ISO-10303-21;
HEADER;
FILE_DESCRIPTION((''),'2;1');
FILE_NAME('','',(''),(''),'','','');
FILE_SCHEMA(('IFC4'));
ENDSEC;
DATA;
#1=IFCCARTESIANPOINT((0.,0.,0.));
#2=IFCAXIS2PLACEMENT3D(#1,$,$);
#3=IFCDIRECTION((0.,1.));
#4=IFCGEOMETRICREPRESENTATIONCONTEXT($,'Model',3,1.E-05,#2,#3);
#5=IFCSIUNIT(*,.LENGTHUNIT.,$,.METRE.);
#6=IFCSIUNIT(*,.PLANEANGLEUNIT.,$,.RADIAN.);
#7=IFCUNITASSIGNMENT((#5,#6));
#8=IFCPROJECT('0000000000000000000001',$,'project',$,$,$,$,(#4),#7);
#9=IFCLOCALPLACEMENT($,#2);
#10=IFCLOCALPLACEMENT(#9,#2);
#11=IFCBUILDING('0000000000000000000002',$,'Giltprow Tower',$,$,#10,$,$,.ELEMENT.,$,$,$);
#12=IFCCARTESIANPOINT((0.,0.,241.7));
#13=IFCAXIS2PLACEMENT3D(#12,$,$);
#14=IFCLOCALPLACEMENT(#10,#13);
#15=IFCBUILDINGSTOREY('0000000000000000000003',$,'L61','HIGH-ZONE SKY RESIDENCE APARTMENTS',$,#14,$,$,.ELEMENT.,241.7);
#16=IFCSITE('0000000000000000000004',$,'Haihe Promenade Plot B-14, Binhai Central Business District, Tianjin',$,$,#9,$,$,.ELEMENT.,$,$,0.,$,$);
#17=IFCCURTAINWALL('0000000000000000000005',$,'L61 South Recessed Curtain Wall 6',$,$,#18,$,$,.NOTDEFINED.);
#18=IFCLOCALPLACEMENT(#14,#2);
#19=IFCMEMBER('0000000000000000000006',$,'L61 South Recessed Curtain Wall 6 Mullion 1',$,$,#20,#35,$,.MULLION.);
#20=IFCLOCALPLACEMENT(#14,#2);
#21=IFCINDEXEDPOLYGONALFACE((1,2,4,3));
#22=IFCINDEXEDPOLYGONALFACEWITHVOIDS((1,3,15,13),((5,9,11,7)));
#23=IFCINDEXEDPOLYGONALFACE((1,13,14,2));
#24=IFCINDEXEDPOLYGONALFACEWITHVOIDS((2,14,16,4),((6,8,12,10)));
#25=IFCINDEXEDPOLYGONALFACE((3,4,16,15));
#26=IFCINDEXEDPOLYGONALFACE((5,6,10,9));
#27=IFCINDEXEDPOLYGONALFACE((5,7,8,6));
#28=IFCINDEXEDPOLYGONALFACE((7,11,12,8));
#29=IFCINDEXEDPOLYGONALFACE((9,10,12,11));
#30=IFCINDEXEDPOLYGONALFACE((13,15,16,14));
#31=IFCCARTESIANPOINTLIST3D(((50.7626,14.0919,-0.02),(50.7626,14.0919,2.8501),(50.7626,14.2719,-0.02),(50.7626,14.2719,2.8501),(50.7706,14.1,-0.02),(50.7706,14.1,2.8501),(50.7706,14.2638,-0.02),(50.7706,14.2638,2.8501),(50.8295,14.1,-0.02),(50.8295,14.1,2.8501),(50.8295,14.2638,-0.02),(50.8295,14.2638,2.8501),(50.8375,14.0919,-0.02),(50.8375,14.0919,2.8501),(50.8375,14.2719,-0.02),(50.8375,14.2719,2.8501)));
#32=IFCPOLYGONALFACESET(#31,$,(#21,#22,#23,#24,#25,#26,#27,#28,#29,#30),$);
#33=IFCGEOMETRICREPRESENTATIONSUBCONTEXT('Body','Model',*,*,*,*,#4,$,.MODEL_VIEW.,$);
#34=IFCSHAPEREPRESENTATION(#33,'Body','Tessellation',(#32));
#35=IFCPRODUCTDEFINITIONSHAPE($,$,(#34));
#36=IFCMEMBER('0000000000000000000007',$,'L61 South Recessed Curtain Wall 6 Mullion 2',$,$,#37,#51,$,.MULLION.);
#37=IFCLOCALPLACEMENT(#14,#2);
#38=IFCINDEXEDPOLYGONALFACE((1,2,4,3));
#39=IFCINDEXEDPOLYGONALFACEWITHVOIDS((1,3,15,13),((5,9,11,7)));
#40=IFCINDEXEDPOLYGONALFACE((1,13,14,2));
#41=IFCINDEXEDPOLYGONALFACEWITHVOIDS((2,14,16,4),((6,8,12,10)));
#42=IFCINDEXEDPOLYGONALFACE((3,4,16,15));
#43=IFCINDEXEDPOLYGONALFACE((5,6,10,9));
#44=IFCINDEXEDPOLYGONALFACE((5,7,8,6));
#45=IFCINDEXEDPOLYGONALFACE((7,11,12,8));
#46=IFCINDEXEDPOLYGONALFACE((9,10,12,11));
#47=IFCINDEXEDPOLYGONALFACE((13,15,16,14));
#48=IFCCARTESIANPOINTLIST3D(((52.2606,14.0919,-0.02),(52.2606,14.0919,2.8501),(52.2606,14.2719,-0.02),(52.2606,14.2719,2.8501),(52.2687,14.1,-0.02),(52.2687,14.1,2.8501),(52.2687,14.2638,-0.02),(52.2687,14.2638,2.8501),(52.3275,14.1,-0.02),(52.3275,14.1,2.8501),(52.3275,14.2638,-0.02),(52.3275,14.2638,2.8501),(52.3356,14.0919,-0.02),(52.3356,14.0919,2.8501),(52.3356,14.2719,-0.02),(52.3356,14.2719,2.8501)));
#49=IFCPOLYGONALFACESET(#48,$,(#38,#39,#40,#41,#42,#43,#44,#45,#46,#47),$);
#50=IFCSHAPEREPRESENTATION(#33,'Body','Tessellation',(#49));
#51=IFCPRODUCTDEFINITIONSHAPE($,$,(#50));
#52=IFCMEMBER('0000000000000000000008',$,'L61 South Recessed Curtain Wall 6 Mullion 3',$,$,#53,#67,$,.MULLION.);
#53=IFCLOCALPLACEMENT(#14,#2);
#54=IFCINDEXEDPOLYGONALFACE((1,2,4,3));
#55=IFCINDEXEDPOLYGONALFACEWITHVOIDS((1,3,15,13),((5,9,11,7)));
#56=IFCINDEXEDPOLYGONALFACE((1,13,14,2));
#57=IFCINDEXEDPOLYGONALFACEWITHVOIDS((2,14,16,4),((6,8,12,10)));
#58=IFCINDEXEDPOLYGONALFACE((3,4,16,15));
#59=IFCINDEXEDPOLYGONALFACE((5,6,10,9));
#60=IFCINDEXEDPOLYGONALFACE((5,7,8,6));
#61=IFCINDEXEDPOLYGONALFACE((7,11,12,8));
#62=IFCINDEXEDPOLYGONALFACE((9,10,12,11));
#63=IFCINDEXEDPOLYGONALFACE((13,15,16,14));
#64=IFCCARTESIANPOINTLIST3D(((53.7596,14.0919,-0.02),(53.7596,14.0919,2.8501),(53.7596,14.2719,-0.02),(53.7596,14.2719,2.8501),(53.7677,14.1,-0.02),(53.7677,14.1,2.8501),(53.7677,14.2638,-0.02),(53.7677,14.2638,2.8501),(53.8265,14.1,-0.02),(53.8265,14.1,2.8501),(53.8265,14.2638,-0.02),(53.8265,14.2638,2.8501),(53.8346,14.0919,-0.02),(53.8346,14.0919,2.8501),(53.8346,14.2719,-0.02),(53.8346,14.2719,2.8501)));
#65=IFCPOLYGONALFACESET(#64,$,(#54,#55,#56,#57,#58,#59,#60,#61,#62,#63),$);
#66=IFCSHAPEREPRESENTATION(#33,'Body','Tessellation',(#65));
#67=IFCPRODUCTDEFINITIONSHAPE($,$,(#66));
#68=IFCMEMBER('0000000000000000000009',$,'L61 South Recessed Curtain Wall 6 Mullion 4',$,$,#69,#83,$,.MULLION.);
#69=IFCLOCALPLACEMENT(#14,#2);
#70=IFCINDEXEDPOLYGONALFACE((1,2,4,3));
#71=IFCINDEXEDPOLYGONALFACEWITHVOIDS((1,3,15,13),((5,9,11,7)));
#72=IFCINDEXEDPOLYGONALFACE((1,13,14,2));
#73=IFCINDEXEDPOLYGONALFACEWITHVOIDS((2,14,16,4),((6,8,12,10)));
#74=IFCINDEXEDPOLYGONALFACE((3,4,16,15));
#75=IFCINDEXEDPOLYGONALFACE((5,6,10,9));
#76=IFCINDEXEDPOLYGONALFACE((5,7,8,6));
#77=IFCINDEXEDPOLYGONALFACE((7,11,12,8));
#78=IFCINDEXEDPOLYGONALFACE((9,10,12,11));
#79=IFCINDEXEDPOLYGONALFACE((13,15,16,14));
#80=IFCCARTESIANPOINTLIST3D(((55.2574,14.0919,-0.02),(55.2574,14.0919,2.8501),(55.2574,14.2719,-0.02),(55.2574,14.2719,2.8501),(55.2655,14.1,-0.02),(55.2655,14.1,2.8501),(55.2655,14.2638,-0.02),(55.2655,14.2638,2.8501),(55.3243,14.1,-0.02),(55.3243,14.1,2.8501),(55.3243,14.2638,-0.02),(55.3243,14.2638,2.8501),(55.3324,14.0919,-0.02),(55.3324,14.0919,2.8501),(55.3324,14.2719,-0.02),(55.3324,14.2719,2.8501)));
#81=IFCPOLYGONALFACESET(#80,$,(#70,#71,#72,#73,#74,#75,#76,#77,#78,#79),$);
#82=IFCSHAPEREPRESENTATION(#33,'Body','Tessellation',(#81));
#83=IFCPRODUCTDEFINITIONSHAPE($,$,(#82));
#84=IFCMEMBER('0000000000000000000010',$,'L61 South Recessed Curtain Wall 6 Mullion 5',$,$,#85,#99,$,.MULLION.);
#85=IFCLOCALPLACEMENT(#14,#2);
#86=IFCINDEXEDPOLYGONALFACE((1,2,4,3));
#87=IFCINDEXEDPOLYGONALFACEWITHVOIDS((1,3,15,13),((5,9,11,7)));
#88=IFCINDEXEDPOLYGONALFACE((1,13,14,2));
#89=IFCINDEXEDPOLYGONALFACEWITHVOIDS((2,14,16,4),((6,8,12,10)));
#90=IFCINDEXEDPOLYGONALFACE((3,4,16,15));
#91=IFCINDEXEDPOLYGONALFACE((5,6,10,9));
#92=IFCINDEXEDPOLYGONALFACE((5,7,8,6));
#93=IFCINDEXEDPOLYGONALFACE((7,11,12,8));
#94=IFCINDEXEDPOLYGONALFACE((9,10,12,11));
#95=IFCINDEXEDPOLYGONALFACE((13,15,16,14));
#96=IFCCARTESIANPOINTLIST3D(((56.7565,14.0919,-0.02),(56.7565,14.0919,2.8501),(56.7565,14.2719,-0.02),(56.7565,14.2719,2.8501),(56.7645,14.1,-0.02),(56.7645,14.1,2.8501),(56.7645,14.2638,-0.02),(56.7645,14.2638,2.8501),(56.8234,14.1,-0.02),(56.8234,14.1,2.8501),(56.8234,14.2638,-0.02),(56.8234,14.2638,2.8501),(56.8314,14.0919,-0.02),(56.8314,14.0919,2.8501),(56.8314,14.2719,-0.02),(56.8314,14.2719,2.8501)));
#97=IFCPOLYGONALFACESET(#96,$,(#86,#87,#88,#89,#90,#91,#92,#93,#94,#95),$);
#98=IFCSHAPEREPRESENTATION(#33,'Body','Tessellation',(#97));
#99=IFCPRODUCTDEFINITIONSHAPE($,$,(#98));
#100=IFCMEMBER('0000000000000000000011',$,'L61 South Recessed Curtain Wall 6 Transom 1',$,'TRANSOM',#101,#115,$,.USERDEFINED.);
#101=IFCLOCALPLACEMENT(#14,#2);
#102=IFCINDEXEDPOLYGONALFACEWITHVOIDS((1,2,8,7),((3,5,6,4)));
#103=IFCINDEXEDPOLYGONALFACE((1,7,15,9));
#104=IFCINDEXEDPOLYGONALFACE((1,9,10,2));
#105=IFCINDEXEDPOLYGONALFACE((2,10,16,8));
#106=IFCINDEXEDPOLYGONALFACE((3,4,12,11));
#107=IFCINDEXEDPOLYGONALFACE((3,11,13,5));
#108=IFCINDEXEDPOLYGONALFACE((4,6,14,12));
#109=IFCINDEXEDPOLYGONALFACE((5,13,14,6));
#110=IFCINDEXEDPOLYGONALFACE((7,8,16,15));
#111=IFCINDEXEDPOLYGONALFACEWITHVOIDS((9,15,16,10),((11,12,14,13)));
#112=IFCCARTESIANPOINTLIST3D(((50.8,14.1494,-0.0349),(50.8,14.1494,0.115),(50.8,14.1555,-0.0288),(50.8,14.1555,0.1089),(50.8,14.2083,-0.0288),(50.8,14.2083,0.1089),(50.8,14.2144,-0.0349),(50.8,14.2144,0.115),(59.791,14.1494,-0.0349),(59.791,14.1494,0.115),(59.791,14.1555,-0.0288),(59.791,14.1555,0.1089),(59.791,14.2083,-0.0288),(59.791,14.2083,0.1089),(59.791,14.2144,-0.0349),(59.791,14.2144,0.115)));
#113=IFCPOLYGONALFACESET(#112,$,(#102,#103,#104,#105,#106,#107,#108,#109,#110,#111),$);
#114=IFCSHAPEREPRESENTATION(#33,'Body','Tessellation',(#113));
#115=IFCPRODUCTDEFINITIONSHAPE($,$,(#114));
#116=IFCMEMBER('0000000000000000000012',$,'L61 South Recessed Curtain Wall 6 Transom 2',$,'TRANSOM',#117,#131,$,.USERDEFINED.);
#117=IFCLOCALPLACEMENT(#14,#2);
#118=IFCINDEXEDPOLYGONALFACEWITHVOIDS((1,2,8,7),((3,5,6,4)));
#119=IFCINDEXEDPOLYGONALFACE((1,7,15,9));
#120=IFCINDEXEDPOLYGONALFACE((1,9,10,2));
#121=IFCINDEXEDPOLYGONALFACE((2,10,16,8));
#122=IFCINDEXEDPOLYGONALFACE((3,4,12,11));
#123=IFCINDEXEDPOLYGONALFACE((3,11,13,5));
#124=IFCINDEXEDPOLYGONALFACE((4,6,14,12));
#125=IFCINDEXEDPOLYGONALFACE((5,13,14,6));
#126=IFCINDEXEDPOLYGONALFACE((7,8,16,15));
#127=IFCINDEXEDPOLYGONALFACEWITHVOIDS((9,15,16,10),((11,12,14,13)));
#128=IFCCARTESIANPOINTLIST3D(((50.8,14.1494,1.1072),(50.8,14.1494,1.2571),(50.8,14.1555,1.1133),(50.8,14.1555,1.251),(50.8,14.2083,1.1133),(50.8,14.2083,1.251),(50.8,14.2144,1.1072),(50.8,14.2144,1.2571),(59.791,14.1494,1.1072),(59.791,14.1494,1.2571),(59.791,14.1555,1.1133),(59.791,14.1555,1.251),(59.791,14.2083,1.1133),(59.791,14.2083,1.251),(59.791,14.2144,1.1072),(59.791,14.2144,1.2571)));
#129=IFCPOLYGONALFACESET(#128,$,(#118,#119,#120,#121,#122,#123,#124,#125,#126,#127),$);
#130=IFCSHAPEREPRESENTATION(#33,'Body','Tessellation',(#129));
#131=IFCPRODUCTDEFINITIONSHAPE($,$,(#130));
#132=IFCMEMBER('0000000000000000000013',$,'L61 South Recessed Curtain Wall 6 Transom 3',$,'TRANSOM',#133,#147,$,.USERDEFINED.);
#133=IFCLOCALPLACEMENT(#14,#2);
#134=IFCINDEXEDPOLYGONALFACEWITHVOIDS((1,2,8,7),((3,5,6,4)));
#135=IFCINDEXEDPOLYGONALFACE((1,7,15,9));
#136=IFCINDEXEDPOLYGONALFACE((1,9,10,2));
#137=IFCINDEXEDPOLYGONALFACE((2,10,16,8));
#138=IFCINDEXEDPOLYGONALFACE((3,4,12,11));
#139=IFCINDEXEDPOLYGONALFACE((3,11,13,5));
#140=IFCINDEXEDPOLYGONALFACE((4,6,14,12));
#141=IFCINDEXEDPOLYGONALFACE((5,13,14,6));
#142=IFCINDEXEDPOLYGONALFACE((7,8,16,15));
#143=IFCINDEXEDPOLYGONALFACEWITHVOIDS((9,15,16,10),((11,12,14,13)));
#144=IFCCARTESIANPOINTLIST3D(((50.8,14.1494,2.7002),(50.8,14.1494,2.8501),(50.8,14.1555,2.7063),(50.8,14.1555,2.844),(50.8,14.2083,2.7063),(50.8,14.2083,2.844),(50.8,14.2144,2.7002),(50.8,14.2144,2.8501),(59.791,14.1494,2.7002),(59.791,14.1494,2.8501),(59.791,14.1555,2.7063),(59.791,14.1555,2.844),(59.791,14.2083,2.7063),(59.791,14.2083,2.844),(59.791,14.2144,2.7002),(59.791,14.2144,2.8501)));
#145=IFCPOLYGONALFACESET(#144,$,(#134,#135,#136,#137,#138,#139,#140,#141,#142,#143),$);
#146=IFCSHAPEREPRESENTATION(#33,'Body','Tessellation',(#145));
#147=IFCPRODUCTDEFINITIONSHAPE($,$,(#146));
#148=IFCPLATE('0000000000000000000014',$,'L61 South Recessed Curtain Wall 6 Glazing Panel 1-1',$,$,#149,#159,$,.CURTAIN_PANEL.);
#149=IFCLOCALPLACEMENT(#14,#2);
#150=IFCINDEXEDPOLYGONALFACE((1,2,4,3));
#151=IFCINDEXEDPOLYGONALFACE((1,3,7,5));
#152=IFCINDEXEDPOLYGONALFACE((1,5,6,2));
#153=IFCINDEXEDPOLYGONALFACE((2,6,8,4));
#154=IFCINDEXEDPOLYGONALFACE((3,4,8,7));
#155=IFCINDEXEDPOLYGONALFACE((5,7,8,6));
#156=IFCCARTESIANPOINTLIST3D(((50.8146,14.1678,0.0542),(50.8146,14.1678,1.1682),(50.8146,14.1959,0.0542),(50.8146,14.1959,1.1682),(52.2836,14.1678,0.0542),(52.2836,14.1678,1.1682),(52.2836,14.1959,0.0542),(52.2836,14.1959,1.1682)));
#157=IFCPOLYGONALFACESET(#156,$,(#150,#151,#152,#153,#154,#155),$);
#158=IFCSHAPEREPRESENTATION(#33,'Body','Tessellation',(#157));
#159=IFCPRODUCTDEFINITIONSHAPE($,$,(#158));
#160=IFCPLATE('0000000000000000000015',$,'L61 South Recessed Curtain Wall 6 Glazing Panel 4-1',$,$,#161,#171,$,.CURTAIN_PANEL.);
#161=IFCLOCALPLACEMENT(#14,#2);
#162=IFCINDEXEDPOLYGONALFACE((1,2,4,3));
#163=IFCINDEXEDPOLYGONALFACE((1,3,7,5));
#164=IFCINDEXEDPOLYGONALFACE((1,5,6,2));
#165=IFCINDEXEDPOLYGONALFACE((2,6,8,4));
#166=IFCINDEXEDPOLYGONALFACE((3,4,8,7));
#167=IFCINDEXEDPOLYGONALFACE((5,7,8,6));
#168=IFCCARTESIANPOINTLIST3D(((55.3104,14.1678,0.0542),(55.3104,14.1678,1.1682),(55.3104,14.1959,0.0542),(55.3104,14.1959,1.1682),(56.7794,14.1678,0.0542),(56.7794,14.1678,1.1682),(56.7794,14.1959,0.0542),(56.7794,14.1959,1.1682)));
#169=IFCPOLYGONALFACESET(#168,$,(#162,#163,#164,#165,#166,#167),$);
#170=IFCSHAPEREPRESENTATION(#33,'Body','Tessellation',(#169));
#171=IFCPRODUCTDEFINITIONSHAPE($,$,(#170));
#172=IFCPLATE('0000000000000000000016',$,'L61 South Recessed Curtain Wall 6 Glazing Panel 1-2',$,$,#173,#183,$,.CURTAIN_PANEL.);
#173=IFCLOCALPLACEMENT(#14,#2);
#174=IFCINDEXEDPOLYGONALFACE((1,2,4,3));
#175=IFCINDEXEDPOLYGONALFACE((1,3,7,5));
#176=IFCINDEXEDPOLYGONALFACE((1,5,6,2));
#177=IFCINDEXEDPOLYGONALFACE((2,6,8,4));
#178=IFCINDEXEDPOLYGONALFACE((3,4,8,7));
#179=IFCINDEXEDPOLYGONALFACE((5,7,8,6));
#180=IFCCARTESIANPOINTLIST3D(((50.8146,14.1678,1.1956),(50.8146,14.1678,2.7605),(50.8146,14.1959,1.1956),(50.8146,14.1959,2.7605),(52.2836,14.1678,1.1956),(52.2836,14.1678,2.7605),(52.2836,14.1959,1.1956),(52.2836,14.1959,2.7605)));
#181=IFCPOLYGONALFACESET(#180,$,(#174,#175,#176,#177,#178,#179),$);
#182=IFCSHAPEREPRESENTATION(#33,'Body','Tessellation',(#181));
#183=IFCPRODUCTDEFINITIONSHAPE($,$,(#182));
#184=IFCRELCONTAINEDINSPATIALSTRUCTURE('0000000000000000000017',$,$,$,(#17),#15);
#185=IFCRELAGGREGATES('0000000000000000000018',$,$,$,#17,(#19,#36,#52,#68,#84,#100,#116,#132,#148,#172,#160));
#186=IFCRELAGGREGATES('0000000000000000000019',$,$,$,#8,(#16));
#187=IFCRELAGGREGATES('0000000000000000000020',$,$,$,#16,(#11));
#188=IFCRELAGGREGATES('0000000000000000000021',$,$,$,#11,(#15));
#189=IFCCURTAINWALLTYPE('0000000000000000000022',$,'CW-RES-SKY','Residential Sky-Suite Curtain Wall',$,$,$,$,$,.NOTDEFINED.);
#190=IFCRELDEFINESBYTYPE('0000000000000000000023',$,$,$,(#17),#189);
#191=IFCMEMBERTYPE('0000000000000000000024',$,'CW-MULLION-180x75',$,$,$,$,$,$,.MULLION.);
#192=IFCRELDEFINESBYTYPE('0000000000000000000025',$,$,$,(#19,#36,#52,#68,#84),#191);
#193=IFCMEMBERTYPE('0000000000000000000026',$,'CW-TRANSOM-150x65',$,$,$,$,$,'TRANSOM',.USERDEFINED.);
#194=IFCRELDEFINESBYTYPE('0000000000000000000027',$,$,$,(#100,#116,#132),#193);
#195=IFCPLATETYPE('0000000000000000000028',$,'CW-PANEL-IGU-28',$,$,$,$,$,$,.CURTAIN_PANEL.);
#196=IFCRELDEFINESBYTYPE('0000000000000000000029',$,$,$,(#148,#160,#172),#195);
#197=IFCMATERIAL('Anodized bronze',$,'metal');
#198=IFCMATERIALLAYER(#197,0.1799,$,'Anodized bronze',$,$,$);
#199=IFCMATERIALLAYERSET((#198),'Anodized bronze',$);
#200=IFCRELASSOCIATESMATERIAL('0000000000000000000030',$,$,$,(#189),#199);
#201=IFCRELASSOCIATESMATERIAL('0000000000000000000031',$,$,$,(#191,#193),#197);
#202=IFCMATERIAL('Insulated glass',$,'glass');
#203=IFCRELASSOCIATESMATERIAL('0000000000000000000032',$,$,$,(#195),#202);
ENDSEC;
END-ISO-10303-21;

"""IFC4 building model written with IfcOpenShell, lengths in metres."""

from ifc_helpers import new_model, si_unit, direction, frame, origin, origin_2d, place, context, subcontext, project, spatial, rectangle, hollow_rectangle, extrude, source, transform, mapped, material, layer, layer_set, material_profile, profile_set, type_object, element, aggregate, save


model = new_model("IFC4")

# Units and contexts
model_context = context("Model", 3, precision=1e-05, world=origin(), true_north=direction((0.0, 1.0)))
body_context = subcontext(model_context, "Body", "Model", "MODEL_VIEW")
ifc_project = project(units=[si_unit("LENGTHUNIT", "METRE"), si_unit("PLANEANGLEUNIT", "RADIAN")], contexts=[model_context])

# Site, building, storey
site_placement = place(None, origin())
site = spatial("IfcSite", under=ifc_project, at=site_placement, Name="Haihe Promenade Plot B-14, Binhai Central Business District, Tianjin", CompositionType="ELEMENT", RefElevation=0.0)
building_placement = place(site_placement, origin())
building = spatial("IfcBuilding", under=site, at=building_placement, Name="Giltprow Tower", CompositionType="ELEMENT")
storey_placement = place(building_placement, frame((0.0, 0.0, 241.7)))
storey = spatial("IfcBuildingStorey", under=building, at=storey_placement, Name="L61", Description="HIGH-ZONE SKY RESIDENCE APARTMENTS", CompositionType="ELEMENT", Elevation=241.7)

# Curtain wall, members, plates
ifc_material_1 = material(Name="Anodized bronze", Category="metal")
ifc_layer = layer(ifc_material_1, 0.1799, Name="Anodized bronze")
ifc_layer_set = layer_set([ifc_layer], Name="Anodized bronze")
curtain_wall_type = type_object("IfcCurtainWallType", Name="CW-RES-SKY", Description="Residential Sky-Suite Curtain Wall", PredefinedType="NOTDEFINED", material=ifc_layer_set)
curtain_wall_placement = place(storey_placement, origin())
curtain_wall = element("IfcCurtainWall", 1, at=curtain_wall_placement, inside=storey, type_object=curtain_wall_type, Name="L61 South Recessed Curtain Wall 6", PredefinedType="NOTDEFINED")
ifc_material_profile_1 = material_profile(ifc_material_1, hollow_rectangle(XDim=0.075, YDim=0.1799, WallThickness=0.0081, at=origin_2d()), Name="RHS 180x75x8")
ifc_profile_set_1 = profile_set([ifc_material_profile_1], Name="Anodized bronze")
member_type_1 = type_object("IfcMemberType", Name="CW-MULLION-180x75", PredefinedType="MULLION", material=ifc_profile_set_1)
shared_shape_1 = source(origin(), body_context, "Body", "SweptSolid", [
    extrude(hollow_rectangle(XDim=0.075, YDim=0.1799, WallThickness=0.0081, at=origin_2d()), origin(), (0.0, 0.0, 1.0), 2.8701),
])
member_1_placement = place(storey_placement, frame((50.8, 14.1819, -0.02), z_axis=(0.0, 0.0, 1.0), x_axis=(1.0, 0.0, 0.0)))
member_1 = element("IfcMember", 2, at=member_1_placement, type_object=member_type_1, Name="L61 South Recessed Curtain Wall 6 Mullion 1", PredefinedType="MULLION", context=body_context, shape_type="MappedRepresentation", body=[
    mapped(shared_shape_1, transform((0.0, 0.0, 0.0), x_axis=(1.0, 0.0, 0.0), y_axis=(0.0, 1.0, 0.0), z_axis=(0.0, 0.0, 1.0), scale=1.0)),
])
member_2_placement = place(storey_placement, frame((52.2981, 14.1819, -0.02), z_axis=(0.0, 0.0, 1.0), x_axis=(1.0, 0.0, 0.0)))
member_2 = element("IfcMember", 3, at=member_2_placement, type_object=member_type_1, Name="L61 South Recessed Curtain Wall 6 Mullion 2", PredefinedType="MULLION", context=body_context, shape_type="MappedRepresentation", body=[
    mapped(shared_shape_1, transform((0.0, 0.0, 0.0), x_axis=(1.0, 0.0, 0.0), y_axis=(0.0, 1.0, 0.0), z_axis=(0.0, 0.0, 1.0), scale=1.0)),
])
member_3_placement = place(storey_placement, frame((53.7971, 14.1819, -0.02), z_axis=(0.0, 0.0, 1.0), x_axis=(1.0, 0.0, 0.0)))
member_3 = element("IfcMember", 4, at=member_3_placement, type_object=member_type_1, Name="L61 South Recessed Curtain Wall 6 Mullion 3", PredefinedType="MULLION", context=body_context, shape_type="MappedRepresentation", body=[
    mapped(shared_shape_1, transform((0.0, 0.0, 0.0), x_axis=(1.0, 0.0, 0.0), y_axis=(0.0, 1.0, 0.0), z_axis=(0.0, 0.0, 1.0), scale=1.0)),
])
member_4_placement = place(storey_placement, frame((55.2949, 14.1819, -0.02), z_axis=(0.0, 0.0, 1.0), x_axis=(1.0, 0.0, 0.0)))
member_4 = element("IfcMember", 5, at=member_4_placement, type_object=member_type_1, Name="L61 South Recessed Curtain Wall 6 Mullion 4", PredefinedType="MULLION", context=body_context, shape_type="MappedRepresentation", body=[
    mapped(shared_shape_1, transform((0.0, 0.0, 0.0), x_axis=(1.0, 0.0, 0.0), y_axis=(0.0, 1.0, 0.0), z_axis=(0.0, 0.0, 1.0), scale=1.0)),
])
member_5_placement = place(storey_placement, frame((56.7939, 14.1819, -0.02), z_axis=(0.0, 0.0, 1.0), x_axis=(1.0, 0.0, 0.0)))
member_5 = element("IfcMember", 6, at=member_5_placement, type_object=member_type_1, Name="L61 South Recessed Curtain Wall 6 Mullion 5", PredefinedType="MULLION", context=body_context, shape_type="MappedRepresentation", body=[
    mapped(shared_shape_1, transform((0.0, 0.0, 0.0), x_axis=(1.0, 0.0, 0.0), y_axis=(0.0, 1.0, 0.0), z_axis=(0.0, 0.0, 1.0), scale=1.0)),
])
ifc_material_profile_2 = material_profile(ifc_material_1, hollow_rectangle(XDim=0.0649, YDim=0.1499, WallThickness=0.0061, at=origin_2d()), Name="RHS 150x65x6")
ifc_profile_set_2 = profile_set([ifc_material_profile_2], Name="Anodized bronze")
member_type_2 = type_object("IfcMemberType", Name="CW-TRANSOM-150x65", ElementType="TRANSOM", PredefinedType="USERDEFINED", material=ifc_profile_set_2)
shared_shape_2 = source(origin(), body_context, "Body", "SweptSolid", [
    extrude(hollow_rectangle(XDim=0.0649, YDim=0.1499, WallThickness=0.0061, at=origin_2d()), origin(), (0.0, 0.0, 1.0), 8.991),
])
member_6_placement = place(storey_placement, frame((50.8, 14.1819, 0.04), z_axis=(1.0, 0.0, 0.0), x_axis=(0.0, 1.0, 0.0)))
member_6 = element("IfcMember", 7, at=member_6_placement, type_object=member_type_2, Name="L61 South Recessed Curtain Wall 6 Transom 1", ObjectType="TRANSOM", PredefinedType="USERDEFINED", context=body_context, shape_type="MappedRepresentation", body=[
    mapped(shared_shape_2, transform((0.0, 0.0, 0.0), x_axis=(1.0, 0.0, 0.0), y_axis=(0.0, 1.0, 0.0), z_axis=(0.0, 0.0, 1.0), scale=1.0)),
])
member_7_placement = place(storey_placement, frame((50.8, 14.1819, 1.1821), z_axis=(1.0, 0.0, 0.0), x_axis=(0.0, 1.0, 0.0)))
member_7 = element("IfcMember", 8, at=member_7_placement, type_object=member_type_2, Name="L61 South Recessed Curtain Wall 6 Transom 2", ObjectType="TRANSOM", PredefinedType="USERDEFINED", context=body_context, shape_type="MappedRepresentation", body=[
    mapped(shared_shape_2, transform((0.0, 0.0, 0.0), x_axis=(1.0, 0.0, 0.0), y_axis=(0.0, 1.0, 0.0), z_axis=(0.0, 0.0, 1.0), scale=1.0)),
])
member_8_placement = place(storey_placement, frame((50.8, 14.1819, 2.7751), z_axis=(1.0, 0.0, 0.0), x_axis=(0.0, 1.0, 0.0)))
member_8 = element("IfcMember", 9, at=member_8_placement, type_object=member_type_2, Name="L61 South Recessed Curtain Wall 6 Transom 3", ObjectType="TRANSOM", PredefinedType="USERDEFINED", context=body_context, shape_type="MappedRepresentation", body=[
    mapped(shared_shape_2, transform((0.0, 0.0, 0.0), x_axis=(1.0, 0.0, 0.0), y_axis=(0.0, 1.0, 0.0), z_axis=(0.0, 0.0, 1.0), scale=1.0)),
])
ifc_material_2 = material(Name="Insulated glass", Category="glass")
plate_type = type_object("IfcPlateType", Name="CW-PANEL-IGU-28", PredefinedType="CURTAIN_PANEL", material=ifc_material_2)
shared_shape_3 = source(origin(), body_context, "Body", "SweptSolid", [
    extrude(rectangle(XDim=1.469, YDim=0.0281, at=origin_2d()), origin(), (0.0, 0.0, 1.0), 1.114),
])
plate_1_placement = place(storey_placement, frame((51.5491, 14.1819, 0.0542), z_axis=(0.0, 0.0, 1.0), x_axis=(1.0, 0.0, 0.0)))
plate_1 = element("IfcPlate", 10, at=plate_1_placement, type_object=plate_type, Name="L61 South Recessed Curtain Wall 6 Glazing Panel 1-1", PredefinedType="CURTAIN_PANEL", context=body_context, shape_type="MappedRepresentation", body=[
    mapped(shared_shape_3, transform((0.0, 0.0, 0.0), x_axis=(1.0, 0.0, 0.0), y_axis=(0.0, 1.0, 0.0), z_axis=(0.0, 0.0, 1.0), scale=1.0)),
])
plate_2_placement = place(storey_placement, frame((56.0449, 14.1819, 0.0542), z_axis=(0.0, 0.0, 1.0), x_axis=(1.0, 0.0, 0.0)))
plate_2 = element("IfcPlate", 11, at=plate_2_placement, type_object=plate_type, Name="L61 South Recessed Curtain Wall 6 Glazing Panel 4-1", PredefinedType="CURTAIN_PANEL", context=body_context, shape_type="MappedRepresentation", body=[
    mapped(shared_shape_3, transform((0.0, 0.0, 0.0), x_axis=(1.0, 0.0, 0.0), y_axis=(0.0, 1.0, 0.0), z_axis=(0.0, 0.0, 1.0), scale=1.0)),
])
shared_shape_4 = source(origin(), body_context, "Body", "SweptSolid", [
    extrude(rectangle(XDim=1.469, YDim=0.0281, at=origin_2d()), origin(), (0.0, 0.0, 1.0), 1.5649),
])
plate_3_placement = place(storey_placement, frame((51.5491, 14.1819, 1.1956), z_axis=(0.0, 0.0, 1.0), x_axis=(1.0, 0.0, 0.0)))
plate_3 = element("IfcPlate", 12, at=plate_3_placement, type_object=plate_type, Name="L61 South Recessed Curtain Wall 6 Glazing Panel 1-2", PredefinedType="CURTAIN_PANEL", context=body_context, shape_type="MappedRepresentation", body=[
    mapped(shared_shape_4, transform((0.0, 0.0, 0.0), x_axis=(1.0, 0.0, 0.0), y_axis=(0.0, 1.0, 0.0), z_axis=(0.0, 0.0, 1.0), scale=1.0)),
])
aggregate(curtain_wall, [member_1, member_2, member_3, member_4, member_5, member_6, member_7, member_8, plate_1, plate_3, plate_2])

save(model, "model.ifc")
